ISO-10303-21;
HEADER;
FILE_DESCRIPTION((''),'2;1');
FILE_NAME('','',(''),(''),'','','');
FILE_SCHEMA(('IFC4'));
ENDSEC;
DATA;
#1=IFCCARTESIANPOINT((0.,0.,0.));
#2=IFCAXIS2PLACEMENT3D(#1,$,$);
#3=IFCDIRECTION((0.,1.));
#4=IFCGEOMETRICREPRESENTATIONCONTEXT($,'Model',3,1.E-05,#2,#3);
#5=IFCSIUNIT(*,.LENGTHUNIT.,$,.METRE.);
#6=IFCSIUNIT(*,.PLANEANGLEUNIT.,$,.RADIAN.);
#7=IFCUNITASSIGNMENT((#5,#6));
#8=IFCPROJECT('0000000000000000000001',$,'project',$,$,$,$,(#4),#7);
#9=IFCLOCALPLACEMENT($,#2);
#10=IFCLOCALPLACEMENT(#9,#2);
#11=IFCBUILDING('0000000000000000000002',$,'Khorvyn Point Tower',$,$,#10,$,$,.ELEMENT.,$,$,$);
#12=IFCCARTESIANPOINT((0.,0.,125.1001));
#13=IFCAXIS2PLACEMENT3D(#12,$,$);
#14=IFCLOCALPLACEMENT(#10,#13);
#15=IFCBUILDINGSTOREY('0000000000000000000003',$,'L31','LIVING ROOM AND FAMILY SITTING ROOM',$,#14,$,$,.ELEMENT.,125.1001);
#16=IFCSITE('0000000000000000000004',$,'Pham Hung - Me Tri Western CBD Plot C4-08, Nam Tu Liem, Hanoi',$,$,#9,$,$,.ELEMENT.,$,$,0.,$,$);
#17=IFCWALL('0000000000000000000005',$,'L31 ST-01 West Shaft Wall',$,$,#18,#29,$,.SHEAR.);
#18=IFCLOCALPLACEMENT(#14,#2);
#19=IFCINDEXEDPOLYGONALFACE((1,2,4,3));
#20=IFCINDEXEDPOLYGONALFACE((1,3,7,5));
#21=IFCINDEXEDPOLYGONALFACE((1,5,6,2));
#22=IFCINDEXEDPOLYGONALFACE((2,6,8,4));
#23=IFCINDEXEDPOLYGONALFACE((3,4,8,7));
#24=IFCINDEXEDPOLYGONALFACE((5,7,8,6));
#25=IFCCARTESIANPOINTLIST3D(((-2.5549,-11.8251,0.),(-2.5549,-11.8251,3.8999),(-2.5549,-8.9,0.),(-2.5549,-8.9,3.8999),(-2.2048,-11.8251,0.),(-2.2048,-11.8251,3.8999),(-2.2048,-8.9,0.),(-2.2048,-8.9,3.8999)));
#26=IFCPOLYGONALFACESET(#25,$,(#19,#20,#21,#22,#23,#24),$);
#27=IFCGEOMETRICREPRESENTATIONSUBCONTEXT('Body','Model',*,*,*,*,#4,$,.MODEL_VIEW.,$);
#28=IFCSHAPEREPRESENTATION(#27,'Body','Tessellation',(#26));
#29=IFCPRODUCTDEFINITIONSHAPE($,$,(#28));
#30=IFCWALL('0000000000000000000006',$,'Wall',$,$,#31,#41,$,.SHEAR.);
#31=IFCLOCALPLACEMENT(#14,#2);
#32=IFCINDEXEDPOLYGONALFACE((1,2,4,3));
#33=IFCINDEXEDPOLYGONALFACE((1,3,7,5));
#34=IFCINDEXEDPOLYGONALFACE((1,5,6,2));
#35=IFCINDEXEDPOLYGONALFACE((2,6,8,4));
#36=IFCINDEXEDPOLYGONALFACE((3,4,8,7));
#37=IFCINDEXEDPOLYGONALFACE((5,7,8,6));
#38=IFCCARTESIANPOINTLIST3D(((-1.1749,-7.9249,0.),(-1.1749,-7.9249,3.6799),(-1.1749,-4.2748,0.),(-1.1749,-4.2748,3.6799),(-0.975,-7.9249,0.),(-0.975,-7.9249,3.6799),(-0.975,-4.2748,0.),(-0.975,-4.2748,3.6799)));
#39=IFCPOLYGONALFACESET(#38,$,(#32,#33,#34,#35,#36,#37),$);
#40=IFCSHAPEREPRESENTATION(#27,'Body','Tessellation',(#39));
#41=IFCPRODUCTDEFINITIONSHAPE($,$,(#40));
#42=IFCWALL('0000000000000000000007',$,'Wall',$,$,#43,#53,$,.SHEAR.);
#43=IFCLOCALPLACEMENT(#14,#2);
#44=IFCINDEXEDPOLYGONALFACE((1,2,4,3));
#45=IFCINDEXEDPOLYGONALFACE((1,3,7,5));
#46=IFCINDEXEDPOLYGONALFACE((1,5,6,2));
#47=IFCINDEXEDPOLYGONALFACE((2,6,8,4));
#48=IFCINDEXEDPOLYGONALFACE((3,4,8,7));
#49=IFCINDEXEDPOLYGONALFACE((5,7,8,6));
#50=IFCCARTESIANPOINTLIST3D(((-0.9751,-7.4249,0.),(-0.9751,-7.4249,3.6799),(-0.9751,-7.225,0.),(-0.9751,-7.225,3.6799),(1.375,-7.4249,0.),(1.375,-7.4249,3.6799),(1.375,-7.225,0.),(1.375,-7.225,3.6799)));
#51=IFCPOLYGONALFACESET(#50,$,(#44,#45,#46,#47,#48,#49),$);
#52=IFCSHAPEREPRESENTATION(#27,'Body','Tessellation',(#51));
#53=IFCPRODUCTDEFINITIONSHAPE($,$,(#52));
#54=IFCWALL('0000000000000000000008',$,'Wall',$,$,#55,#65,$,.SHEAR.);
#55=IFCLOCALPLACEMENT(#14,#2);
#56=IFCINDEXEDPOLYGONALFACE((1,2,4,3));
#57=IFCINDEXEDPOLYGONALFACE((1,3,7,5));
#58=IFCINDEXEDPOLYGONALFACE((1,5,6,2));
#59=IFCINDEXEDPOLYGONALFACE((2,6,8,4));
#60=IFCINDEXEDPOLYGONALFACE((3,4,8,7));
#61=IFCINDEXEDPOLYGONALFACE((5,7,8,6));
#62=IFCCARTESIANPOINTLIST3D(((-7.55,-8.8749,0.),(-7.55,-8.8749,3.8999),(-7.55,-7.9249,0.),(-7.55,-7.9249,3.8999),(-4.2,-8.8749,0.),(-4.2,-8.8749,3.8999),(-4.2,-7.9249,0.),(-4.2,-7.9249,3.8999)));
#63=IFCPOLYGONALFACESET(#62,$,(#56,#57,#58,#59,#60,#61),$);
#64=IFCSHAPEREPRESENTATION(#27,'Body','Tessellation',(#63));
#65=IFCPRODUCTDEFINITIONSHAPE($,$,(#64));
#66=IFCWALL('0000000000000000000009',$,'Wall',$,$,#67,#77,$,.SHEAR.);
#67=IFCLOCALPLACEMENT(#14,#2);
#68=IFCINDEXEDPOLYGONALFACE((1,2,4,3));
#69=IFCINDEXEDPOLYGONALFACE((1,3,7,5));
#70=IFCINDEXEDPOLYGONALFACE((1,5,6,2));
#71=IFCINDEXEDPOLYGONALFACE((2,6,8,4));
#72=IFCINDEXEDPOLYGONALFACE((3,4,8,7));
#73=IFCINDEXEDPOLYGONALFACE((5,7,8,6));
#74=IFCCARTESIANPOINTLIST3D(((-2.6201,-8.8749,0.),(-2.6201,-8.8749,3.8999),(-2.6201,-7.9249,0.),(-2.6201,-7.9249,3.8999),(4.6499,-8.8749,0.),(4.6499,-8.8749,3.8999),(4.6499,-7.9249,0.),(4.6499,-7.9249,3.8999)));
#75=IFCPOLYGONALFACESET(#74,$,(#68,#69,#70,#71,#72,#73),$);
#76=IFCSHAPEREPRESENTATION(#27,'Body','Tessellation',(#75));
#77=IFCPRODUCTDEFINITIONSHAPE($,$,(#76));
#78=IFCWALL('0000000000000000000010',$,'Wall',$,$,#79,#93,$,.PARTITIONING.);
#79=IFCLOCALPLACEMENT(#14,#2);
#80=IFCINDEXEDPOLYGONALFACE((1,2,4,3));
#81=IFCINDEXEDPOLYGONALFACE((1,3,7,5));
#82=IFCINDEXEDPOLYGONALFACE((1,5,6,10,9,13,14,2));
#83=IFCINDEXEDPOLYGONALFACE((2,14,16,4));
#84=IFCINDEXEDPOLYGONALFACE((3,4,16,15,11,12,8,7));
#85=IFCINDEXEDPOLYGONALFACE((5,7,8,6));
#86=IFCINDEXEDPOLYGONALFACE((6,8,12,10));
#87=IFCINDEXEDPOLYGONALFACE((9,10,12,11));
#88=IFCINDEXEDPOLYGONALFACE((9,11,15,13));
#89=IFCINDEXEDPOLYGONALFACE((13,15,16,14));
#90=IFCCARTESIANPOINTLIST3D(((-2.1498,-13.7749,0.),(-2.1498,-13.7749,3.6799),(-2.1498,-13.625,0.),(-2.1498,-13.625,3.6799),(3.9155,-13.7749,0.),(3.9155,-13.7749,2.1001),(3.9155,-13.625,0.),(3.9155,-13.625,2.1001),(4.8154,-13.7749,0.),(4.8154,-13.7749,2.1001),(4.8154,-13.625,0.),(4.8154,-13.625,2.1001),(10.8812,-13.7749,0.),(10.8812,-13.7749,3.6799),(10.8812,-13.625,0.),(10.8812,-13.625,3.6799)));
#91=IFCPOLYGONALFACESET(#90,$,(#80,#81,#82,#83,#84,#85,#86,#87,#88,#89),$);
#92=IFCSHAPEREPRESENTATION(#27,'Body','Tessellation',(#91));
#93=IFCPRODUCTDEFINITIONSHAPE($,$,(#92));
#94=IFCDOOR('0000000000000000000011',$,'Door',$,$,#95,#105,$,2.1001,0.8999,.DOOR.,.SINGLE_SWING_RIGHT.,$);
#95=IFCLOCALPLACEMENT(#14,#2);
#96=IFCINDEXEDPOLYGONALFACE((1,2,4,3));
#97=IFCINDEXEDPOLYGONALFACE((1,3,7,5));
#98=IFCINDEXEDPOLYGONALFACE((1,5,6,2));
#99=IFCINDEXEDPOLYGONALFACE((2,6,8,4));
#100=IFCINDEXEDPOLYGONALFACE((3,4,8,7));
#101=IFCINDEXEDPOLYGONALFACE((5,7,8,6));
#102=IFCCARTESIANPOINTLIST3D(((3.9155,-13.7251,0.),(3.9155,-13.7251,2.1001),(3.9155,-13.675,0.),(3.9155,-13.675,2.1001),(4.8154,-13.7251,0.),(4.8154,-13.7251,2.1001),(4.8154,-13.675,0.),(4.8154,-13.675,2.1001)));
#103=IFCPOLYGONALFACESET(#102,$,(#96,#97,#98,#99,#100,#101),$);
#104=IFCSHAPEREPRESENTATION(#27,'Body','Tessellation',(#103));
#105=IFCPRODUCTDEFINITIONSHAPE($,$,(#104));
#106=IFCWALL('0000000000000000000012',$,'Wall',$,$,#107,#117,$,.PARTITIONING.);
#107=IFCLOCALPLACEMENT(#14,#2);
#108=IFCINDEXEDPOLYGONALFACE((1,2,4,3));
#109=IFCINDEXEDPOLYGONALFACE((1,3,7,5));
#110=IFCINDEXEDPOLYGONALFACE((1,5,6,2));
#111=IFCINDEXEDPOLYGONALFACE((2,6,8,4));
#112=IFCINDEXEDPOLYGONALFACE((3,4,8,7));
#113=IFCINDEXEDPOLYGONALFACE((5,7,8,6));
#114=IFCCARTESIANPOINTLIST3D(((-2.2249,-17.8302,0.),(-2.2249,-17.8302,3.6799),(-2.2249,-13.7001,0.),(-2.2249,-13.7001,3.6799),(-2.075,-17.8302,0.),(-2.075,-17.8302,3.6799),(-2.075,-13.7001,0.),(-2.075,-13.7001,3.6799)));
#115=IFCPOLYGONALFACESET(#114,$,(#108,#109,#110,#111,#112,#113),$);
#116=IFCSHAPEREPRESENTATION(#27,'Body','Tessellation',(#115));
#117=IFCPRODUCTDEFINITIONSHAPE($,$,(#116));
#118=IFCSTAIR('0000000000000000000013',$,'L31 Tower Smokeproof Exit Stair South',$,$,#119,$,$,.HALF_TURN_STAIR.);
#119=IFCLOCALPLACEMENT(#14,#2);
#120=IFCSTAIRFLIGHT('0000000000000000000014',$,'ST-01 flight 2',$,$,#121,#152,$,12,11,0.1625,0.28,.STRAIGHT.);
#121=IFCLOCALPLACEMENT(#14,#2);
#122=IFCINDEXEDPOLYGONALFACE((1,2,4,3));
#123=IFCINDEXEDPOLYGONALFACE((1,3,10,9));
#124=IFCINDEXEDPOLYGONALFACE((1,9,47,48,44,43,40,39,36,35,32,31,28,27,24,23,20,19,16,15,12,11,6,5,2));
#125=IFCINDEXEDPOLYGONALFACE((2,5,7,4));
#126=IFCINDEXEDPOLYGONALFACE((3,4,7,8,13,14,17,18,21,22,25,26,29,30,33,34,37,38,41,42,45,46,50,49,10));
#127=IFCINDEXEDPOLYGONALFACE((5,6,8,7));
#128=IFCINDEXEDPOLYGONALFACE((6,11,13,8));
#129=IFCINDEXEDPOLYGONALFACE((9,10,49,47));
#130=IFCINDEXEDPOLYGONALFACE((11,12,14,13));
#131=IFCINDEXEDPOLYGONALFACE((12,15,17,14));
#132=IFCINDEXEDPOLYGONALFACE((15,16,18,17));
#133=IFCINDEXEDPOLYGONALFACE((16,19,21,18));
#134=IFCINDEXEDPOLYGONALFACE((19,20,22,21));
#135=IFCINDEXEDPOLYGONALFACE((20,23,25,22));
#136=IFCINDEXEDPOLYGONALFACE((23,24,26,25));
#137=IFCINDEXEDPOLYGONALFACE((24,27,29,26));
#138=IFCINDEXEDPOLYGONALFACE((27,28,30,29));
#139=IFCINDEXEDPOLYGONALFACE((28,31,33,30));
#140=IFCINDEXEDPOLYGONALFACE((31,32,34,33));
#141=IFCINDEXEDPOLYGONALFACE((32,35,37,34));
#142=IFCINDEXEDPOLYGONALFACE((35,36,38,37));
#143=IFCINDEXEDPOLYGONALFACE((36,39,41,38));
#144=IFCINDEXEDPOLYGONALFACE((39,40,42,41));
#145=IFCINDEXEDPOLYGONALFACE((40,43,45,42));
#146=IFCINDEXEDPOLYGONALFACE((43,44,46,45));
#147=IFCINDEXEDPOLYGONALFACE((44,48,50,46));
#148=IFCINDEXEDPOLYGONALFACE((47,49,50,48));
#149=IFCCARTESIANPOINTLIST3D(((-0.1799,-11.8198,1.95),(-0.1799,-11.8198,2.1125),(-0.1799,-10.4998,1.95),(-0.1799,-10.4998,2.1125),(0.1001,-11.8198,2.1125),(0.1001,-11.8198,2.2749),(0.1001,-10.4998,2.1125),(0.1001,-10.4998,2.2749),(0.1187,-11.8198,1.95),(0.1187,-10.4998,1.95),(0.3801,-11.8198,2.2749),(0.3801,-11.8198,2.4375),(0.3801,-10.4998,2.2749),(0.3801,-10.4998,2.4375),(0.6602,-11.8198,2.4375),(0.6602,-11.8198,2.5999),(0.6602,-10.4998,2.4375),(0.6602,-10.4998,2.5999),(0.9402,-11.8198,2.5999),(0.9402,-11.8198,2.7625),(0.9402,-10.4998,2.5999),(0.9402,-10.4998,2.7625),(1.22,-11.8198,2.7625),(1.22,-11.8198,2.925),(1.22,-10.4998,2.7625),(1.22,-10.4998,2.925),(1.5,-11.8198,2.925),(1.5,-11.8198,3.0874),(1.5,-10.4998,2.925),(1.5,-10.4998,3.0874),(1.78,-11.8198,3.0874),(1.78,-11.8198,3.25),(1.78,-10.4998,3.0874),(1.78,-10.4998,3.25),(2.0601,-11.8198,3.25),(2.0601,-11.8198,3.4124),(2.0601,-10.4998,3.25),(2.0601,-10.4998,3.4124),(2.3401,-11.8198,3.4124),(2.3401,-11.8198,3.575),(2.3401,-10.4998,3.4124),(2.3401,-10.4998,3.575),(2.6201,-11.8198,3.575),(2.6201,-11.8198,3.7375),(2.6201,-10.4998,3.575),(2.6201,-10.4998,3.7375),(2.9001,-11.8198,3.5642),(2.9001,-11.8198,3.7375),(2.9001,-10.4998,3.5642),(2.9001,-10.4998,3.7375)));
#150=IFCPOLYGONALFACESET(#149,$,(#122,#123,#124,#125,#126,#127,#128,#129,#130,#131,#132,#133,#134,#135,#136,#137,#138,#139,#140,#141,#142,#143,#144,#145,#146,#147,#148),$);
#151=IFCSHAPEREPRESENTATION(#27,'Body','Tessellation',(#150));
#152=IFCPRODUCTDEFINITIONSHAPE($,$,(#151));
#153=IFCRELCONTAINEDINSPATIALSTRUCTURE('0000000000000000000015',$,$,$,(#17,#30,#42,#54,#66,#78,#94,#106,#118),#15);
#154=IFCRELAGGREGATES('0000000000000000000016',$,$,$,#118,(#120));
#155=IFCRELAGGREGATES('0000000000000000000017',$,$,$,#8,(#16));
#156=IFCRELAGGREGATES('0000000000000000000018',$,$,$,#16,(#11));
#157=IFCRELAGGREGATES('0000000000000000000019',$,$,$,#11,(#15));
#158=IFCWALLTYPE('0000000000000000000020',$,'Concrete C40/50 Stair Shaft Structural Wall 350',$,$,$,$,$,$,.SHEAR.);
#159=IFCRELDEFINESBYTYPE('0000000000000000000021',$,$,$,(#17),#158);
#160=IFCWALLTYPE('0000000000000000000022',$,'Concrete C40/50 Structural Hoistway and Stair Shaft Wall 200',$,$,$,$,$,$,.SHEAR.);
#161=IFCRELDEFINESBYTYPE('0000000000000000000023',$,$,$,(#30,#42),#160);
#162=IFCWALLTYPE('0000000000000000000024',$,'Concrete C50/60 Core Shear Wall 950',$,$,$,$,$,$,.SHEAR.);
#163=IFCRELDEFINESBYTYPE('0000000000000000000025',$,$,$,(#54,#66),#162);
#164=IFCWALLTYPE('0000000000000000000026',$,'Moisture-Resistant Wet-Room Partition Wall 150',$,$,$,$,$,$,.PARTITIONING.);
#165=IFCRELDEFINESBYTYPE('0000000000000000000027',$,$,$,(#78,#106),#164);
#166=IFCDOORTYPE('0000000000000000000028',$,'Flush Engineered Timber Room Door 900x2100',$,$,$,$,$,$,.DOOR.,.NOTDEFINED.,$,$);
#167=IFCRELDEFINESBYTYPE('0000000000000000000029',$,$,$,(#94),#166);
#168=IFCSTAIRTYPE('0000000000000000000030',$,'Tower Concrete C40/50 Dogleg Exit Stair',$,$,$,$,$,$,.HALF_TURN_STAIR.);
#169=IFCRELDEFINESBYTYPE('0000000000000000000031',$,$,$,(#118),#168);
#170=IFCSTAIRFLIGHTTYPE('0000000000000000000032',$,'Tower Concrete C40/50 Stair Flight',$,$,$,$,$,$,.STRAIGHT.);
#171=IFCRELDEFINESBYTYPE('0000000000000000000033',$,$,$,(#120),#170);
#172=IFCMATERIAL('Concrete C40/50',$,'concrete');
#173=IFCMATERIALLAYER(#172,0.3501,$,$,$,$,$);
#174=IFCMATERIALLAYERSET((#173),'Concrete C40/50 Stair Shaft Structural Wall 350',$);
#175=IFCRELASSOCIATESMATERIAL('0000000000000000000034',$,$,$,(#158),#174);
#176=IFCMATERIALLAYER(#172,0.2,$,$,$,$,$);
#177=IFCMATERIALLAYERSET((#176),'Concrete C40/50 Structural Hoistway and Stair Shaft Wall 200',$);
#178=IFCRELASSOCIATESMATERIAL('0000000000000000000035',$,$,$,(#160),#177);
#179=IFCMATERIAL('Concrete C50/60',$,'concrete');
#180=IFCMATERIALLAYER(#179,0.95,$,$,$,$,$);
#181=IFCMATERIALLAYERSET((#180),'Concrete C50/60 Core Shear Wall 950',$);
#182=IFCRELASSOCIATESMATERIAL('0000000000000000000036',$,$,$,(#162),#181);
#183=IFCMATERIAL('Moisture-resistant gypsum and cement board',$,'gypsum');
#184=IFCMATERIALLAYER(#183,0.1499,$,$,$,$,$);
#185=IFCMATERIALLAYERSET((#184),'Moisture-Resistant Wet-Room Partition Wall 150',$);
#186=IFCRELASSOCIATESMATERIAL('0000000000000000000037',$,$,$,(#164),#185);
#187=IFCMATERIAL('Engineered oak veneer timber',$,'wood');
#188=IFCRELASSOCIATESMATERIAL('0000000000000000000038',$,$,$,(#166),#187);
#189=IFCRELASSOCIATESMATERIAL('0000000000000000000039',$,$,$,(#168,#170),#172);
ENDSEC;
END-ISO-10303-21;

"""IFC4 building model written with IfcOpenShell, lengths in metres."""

from ifc_helpers import new_model, si_unit, direction, frame, frame_2d, origin, place, context, subcontext, project, spatial, polyline, rectangle, outline, extrude, material, layer, layer_set, type_object, element, fill, aggregate, save


model = new_model("IFC4")

# Units and contexts
model_context = context("Model", 3, precision=1e-05, world=origin(), true_north=direction((0.0, 1.0)))
body_context = subcontext(model_context, "Body", "Model", "MODEL_VIEW")
ifc_project = project(units=[si_unit("LENGTHUNIT", "METRE"), si_unit("PLANEANGLEUNIT", "RADIAN")], contexts=[model_context])

# Site, building, storey
site_placement = place(None, origin())
site = spatial("IfcSite", under=ifc_project, at=site_placement, Name="Pham Hung - Me Tri Western CBD Plot C4-08, Nam Tu Liem, Hanoi", CompositionType="ELEMENT", RefElevation=0.0)
building_placement = place(site_placement, origin())
building = spatial("IfcBuilding", under=site, at=building_placement, Name="Khorvyn Point Tower", CompositionType="ELEMENT")
storey_placement = place(building_placement, frame((0.0, 0.0, 125.1001)))
storey = spatial("IfcBuildingStorey", under=building, at=storey_placement, Name="L31", Description="LIVING ROOM AND FAMILY SITTING ROOM", CompositionType="ELEMENT", Elevation=125.1001)

# Shared definitions
ifc_material_1 = material(Name="Concrete C50/60", Category="concrete")

# Shared definitions
ifc_material_2 = material(Name="Concrete C40/50", Category="concrete")

# Walls
ifc_layer_1 = layer(ifc_material_2, 0.3501)
ifc_layer_set_1 = layer_set([ifc_layer_1], Name="Concrete C40/50 Stair Shaft Structural Wall 350")
wall_type_1 = type_object("IfcWallType", Name="Concrete C40/50 Stair Shaft Structural Wall 350", PredefinedType="SHEAR", material=ifc_layer_set_1)
wall_1_placement = place(storey_placement, frame((-2.3799, -11.825, 0.0), z_axis=(0.0, 0.0, 1.0), x_axis=(0.0, 1.0, 0.0)))
element("IfcWall", 1, at=wall_1_placement, inside=storey, type_object=wall_type_1, Name="L31 ST-01 West Shaft Wall", PredefinedType="SHEAR", context=body_context, shape_type="SweptSolid", body=[
    extrude(rectangle(XDim=2.925, YDim=0.3501, at=frame_2d((1.4624, 0.0))), origin(), (0.0, 0.0, 1.0), 3.8999),
])
ifc_layer_2 = layer(ifc_material_2, 0.2)
ifc_layer_set_2 = layer_set([ifc_layer_2], Name="Concrete C40/50 Structural Hoistway and Stair Shaft Wall 200")
wall_type_2 = type_object("IfcWallType", Name="Concrete C40/50 Structural Hoistway and Stair Shaft Wall 200", PredefinedType="SHEAR", material=ifc_layer_set_2)
wall_2_placement = place(storey_placement, frame((-1.075, -7.925, 0.0), z_axis=(0.0, 0.0, 1.0), x_axis=(0.0, 1.0, 0.0)))
element("IfcWall", 2, at=wall_2_placement, inside=storey, type_object=wall_type_2, Name="Wall", PredefinedType="SHEAR", context=body_context, shape_type="SweptSolid", body=[
    extrude(rectangle(XDim=3.6501, YDim=0.2, at=frame_2d((1.8252, 0.0))), origin(), (0.0, 0.0, 1.0), 3.6799),
])
wall_3_placement = place(storey_placement, frame((-0.9751, -7.325, 0.0), z_axis=(0.0, 0.0, 1.0), x_axis=(1.0, 0.0, 0.0)))
element("IfcWall", 3, at=wall_3_placement, inside=storey, type_object=wall_type_2, Name="Wall", PredefinedType="SHEAR", context=body_context, shape_type="SweptSolid", body=[
    extrude(rectangle(XDim=2.3501, YDim=0.2, at=frame_2d((1.175, 0.0))), origin(), (0.0, 0.0, 1.0), 3.6799),
])
ifc_layer_3 = layer(ifc_material_1, 0.95)
ifc_layer_set_3 = layer_set([ifc_layer_3], Name="Concrete C50/60 Core Shear Wall 950")
wall_type_3 = type_object("IfcWallType", Name="Concrete C50/60 Core Shear Wall 950", PredefinedType="SHEAR", material=ifc_layer_set_3)
wall_4_placement = place(storey_placement, frame((-7.55, -8.3999, 0.0), z_axis=(0.0, 0.0, 1.0), x_axis=(1.0, 0.0, 0.0)))
element("IfcWall", 4, at=wall_4_placement, inside=storey, type_object=wall_type_3, Name="Wall", PredefinedType="SHEAR", context=body_context, shape_type="SweptSolid", body=[
    extrude(rectangle(XDim=3.3501, YDim=0.95, at=frame_2d((1.675, 0.0))), origin(), (0.0, 0.0, 1.0), 3.8999),
])
wall_5_placement = place(storey_placement, frame((-2.6201, -8.3999, 0.0), z_axis=(0.0, 0.0, 1.0), x_axis=(1.0, 0.0, 0.0)))
element("IfcWall", 5, at=wall_5_placement, inside=storey, type_object=wall_type_3, Name="Wall", PredefinedType="SHEAR", context=body_context, shape_type="SweptSolid", body=[
    extrude(rectangle(XDim=7.27, YDim=0.95, at=frame_2d((3.635, 0.0))), origin(), (0.0, 0.0, 1.0), 3.8999),
])

# Wall, opening, door
ifc_material_3 = material(Name="Moisture-resistant gypsum and cement board", Category="gypsum")
ifc_layer_4 = layer(ifc_material_3, 0.1499)
ifc_layer_set_4 = layer_set([ifc_layer_4], Name="Moisture-Resistant Wet-Room Partition Wall 150")
wall_type_4 = type_object("IfcWallType", Name="Moisture-Resistant Wet-Room Partition Wall 150", PredefinedType="PARTITIONING", material=ifc_layer_set_4)
wall_6_placement = place(storey_placement, frame((-2.1499, -13.7, 0.0), z_axis=(0.0, 0.0, 1.0), x_axis=(1.0, 0.0, 0.0)))
wall_6 = element("IfcWall", 6, at=wall_6_placement, inside=storey, type_object=wall_type_4, Name="Wall", PredefinedType="PARTITIONING", context=body_context, shape_type="SweptSolid", body=[
    extrude(rectangle(XDim=13.031, YDim=0.1499, at=frame_2d((6.5156, 0.0))), origin(), (0.0, 0.0, 1.0), 3.6799),
])
opening_1_placement = place(wall_6_placement, frame((6.0654, 0.0, 0.0)))
opening_1 = element("IfcOpeningElement", 7, at=opening_1_placement, cuts=wall_6, PredefinedType="OPENING", context=body_context, shape_type="SweptSolid", body=[
    extrude(rectangle(XDim=0.8999, YDim=2.1001, at=frame_2d((0.45, 1.05))), frame((0.0, 0.085, 0.0), z_axis=(0.0, -1.0, 0.0), x_axis=(1.0, 0.0, 0.0)), (0.0, 0.0, 1.0), 0.1699),
])
ifc_material_4 = material(Name="Engineered oak veneer timber", Category="wood")
door_type_1 = type_object("IfcDoorType", Name="Flush Engineered Timber Room Door 900x2100", OperationType="NOTDEFINED", PredefinedType="DOOR", material=ifc_material_4)
door_1_placement = place(opening_1_placement, origin())
door_1 = element("IfcDoor", 8, at=door_1_placement, inside=storey, type_object=door_type_1, Name="Door", OperationType="SINGLE_SWING_RIGHT", OverallHeight=2.1001, OverallWidth=0.8999, PredefinedType="DOOR", context=body_context, shape_type="SweptSolid", body=[
    extrude(rectangle(XDim=0.8999, YDim=2.1001, at=frame_2d((0.45, 1.05))), frame((0.0, 0.0249, 0.0), z_axis=(0.0, -1.0, 0.0), x_axis=(1.0, 0.0, 0.0)), (0.0, 0.0, 1.0), 0.05),
])
fill(opening_1, door_1)

# Wall
wall_7_placement = place(storey_placement, frame((-2.1499, -17.8301, 0.0), z_axis=(0.0, 0.0, 1.0), x_axis=(0.0, 1.0, 0.0)))
element("IfcWall", 9, at=wall_7_placement, inside=storey, type_object=wall_type_4, Name="Wall", PredefinedType="PARTITIONING", context=body_context, shape_type="SweptSolid", body=[
    extrude(rectangle(XDim=4.1301, YDim=0.1499, at=frame_2d((2.0649, 0.0))), origin(), (0.0, 0.0, 1.0), 3.6799),
])

# Stair, stair flight
stair_type = type_object("IfcStairType", Name="Tower Concrete C40/50 Dogleg Exit Stair", PredefinedType="HALF_TURN_STAIR", material=ifc_material_2)
stair_placement = place(storey_placement, origin())
stair = element("IfcStair", 10, at=stair_placement, inside=storey, type_object=stair_type, Name="L31 Tower Smokeproof Exit Stair South", PredefinedType="HALF_TURN_STAIR")
stair_flight_type = type_object("IfcStairFlightType", Name="Tower Concrete C40/50 Stair Flight", PredefinedType="STRAIGHT", material=ifc_material_2)
stair_flight_placement = place(storey_placement, frame((-0.1799, -11.1599, 1.95), z_axis=(0.0, 0.0, 1.0), x_axis=(1.0, 0.0, 0.0)))
stair_flight = element("IfcStairFlight", 11, at=stair_flight_placement, type_object=stair_flight_type, Name="ST-01 flight 2", NumberOfRisers=12, NumberOfTreads=11, PredefinedType="STRAIGHT", RiserHeight=0.1625, TreadLength=0.28, context=body_context, shape_type="SweptSolid", body=[
    extrude(outline(polyline([(0.0, 0.0), (0.0, 0.1626), (0.28, 0.1626), (0.28, 0.325), (0.5601, 0.325), (0.5601, 0.4875), (0.8401, 0.4875), (0.8401, 0.6499), (1.1201, 0.6499), (1.1201, 0.8125), (1.3999, 0.8125), (1.3999, 0.9751), (1.6799, 0.9751), (1.6799, 1.1375), (1.96, 1.1375), (1.96, 1.3), (2.24, 1.3), (2.24, 1.4624), (2.52, 1.4624), (2.52, 1.625), (2.8, 1.625), (2.8, 1.7876), (3.0801, 1.7876), (3.0801, 1.95), (3.0801, 1.6143), (0.2986, 0.0), (0.0, 0.0)])), frame((0.0, 0.6602, 0.0), z_axis=(0.0, -1.0, 0.0), x_axis=(1.0, 0.0, 0.0)), (0.0, 0.0, 1.0), 1.3201),
])
aggregate(stair, [stair_flight])

save(model, "model.ifc")
